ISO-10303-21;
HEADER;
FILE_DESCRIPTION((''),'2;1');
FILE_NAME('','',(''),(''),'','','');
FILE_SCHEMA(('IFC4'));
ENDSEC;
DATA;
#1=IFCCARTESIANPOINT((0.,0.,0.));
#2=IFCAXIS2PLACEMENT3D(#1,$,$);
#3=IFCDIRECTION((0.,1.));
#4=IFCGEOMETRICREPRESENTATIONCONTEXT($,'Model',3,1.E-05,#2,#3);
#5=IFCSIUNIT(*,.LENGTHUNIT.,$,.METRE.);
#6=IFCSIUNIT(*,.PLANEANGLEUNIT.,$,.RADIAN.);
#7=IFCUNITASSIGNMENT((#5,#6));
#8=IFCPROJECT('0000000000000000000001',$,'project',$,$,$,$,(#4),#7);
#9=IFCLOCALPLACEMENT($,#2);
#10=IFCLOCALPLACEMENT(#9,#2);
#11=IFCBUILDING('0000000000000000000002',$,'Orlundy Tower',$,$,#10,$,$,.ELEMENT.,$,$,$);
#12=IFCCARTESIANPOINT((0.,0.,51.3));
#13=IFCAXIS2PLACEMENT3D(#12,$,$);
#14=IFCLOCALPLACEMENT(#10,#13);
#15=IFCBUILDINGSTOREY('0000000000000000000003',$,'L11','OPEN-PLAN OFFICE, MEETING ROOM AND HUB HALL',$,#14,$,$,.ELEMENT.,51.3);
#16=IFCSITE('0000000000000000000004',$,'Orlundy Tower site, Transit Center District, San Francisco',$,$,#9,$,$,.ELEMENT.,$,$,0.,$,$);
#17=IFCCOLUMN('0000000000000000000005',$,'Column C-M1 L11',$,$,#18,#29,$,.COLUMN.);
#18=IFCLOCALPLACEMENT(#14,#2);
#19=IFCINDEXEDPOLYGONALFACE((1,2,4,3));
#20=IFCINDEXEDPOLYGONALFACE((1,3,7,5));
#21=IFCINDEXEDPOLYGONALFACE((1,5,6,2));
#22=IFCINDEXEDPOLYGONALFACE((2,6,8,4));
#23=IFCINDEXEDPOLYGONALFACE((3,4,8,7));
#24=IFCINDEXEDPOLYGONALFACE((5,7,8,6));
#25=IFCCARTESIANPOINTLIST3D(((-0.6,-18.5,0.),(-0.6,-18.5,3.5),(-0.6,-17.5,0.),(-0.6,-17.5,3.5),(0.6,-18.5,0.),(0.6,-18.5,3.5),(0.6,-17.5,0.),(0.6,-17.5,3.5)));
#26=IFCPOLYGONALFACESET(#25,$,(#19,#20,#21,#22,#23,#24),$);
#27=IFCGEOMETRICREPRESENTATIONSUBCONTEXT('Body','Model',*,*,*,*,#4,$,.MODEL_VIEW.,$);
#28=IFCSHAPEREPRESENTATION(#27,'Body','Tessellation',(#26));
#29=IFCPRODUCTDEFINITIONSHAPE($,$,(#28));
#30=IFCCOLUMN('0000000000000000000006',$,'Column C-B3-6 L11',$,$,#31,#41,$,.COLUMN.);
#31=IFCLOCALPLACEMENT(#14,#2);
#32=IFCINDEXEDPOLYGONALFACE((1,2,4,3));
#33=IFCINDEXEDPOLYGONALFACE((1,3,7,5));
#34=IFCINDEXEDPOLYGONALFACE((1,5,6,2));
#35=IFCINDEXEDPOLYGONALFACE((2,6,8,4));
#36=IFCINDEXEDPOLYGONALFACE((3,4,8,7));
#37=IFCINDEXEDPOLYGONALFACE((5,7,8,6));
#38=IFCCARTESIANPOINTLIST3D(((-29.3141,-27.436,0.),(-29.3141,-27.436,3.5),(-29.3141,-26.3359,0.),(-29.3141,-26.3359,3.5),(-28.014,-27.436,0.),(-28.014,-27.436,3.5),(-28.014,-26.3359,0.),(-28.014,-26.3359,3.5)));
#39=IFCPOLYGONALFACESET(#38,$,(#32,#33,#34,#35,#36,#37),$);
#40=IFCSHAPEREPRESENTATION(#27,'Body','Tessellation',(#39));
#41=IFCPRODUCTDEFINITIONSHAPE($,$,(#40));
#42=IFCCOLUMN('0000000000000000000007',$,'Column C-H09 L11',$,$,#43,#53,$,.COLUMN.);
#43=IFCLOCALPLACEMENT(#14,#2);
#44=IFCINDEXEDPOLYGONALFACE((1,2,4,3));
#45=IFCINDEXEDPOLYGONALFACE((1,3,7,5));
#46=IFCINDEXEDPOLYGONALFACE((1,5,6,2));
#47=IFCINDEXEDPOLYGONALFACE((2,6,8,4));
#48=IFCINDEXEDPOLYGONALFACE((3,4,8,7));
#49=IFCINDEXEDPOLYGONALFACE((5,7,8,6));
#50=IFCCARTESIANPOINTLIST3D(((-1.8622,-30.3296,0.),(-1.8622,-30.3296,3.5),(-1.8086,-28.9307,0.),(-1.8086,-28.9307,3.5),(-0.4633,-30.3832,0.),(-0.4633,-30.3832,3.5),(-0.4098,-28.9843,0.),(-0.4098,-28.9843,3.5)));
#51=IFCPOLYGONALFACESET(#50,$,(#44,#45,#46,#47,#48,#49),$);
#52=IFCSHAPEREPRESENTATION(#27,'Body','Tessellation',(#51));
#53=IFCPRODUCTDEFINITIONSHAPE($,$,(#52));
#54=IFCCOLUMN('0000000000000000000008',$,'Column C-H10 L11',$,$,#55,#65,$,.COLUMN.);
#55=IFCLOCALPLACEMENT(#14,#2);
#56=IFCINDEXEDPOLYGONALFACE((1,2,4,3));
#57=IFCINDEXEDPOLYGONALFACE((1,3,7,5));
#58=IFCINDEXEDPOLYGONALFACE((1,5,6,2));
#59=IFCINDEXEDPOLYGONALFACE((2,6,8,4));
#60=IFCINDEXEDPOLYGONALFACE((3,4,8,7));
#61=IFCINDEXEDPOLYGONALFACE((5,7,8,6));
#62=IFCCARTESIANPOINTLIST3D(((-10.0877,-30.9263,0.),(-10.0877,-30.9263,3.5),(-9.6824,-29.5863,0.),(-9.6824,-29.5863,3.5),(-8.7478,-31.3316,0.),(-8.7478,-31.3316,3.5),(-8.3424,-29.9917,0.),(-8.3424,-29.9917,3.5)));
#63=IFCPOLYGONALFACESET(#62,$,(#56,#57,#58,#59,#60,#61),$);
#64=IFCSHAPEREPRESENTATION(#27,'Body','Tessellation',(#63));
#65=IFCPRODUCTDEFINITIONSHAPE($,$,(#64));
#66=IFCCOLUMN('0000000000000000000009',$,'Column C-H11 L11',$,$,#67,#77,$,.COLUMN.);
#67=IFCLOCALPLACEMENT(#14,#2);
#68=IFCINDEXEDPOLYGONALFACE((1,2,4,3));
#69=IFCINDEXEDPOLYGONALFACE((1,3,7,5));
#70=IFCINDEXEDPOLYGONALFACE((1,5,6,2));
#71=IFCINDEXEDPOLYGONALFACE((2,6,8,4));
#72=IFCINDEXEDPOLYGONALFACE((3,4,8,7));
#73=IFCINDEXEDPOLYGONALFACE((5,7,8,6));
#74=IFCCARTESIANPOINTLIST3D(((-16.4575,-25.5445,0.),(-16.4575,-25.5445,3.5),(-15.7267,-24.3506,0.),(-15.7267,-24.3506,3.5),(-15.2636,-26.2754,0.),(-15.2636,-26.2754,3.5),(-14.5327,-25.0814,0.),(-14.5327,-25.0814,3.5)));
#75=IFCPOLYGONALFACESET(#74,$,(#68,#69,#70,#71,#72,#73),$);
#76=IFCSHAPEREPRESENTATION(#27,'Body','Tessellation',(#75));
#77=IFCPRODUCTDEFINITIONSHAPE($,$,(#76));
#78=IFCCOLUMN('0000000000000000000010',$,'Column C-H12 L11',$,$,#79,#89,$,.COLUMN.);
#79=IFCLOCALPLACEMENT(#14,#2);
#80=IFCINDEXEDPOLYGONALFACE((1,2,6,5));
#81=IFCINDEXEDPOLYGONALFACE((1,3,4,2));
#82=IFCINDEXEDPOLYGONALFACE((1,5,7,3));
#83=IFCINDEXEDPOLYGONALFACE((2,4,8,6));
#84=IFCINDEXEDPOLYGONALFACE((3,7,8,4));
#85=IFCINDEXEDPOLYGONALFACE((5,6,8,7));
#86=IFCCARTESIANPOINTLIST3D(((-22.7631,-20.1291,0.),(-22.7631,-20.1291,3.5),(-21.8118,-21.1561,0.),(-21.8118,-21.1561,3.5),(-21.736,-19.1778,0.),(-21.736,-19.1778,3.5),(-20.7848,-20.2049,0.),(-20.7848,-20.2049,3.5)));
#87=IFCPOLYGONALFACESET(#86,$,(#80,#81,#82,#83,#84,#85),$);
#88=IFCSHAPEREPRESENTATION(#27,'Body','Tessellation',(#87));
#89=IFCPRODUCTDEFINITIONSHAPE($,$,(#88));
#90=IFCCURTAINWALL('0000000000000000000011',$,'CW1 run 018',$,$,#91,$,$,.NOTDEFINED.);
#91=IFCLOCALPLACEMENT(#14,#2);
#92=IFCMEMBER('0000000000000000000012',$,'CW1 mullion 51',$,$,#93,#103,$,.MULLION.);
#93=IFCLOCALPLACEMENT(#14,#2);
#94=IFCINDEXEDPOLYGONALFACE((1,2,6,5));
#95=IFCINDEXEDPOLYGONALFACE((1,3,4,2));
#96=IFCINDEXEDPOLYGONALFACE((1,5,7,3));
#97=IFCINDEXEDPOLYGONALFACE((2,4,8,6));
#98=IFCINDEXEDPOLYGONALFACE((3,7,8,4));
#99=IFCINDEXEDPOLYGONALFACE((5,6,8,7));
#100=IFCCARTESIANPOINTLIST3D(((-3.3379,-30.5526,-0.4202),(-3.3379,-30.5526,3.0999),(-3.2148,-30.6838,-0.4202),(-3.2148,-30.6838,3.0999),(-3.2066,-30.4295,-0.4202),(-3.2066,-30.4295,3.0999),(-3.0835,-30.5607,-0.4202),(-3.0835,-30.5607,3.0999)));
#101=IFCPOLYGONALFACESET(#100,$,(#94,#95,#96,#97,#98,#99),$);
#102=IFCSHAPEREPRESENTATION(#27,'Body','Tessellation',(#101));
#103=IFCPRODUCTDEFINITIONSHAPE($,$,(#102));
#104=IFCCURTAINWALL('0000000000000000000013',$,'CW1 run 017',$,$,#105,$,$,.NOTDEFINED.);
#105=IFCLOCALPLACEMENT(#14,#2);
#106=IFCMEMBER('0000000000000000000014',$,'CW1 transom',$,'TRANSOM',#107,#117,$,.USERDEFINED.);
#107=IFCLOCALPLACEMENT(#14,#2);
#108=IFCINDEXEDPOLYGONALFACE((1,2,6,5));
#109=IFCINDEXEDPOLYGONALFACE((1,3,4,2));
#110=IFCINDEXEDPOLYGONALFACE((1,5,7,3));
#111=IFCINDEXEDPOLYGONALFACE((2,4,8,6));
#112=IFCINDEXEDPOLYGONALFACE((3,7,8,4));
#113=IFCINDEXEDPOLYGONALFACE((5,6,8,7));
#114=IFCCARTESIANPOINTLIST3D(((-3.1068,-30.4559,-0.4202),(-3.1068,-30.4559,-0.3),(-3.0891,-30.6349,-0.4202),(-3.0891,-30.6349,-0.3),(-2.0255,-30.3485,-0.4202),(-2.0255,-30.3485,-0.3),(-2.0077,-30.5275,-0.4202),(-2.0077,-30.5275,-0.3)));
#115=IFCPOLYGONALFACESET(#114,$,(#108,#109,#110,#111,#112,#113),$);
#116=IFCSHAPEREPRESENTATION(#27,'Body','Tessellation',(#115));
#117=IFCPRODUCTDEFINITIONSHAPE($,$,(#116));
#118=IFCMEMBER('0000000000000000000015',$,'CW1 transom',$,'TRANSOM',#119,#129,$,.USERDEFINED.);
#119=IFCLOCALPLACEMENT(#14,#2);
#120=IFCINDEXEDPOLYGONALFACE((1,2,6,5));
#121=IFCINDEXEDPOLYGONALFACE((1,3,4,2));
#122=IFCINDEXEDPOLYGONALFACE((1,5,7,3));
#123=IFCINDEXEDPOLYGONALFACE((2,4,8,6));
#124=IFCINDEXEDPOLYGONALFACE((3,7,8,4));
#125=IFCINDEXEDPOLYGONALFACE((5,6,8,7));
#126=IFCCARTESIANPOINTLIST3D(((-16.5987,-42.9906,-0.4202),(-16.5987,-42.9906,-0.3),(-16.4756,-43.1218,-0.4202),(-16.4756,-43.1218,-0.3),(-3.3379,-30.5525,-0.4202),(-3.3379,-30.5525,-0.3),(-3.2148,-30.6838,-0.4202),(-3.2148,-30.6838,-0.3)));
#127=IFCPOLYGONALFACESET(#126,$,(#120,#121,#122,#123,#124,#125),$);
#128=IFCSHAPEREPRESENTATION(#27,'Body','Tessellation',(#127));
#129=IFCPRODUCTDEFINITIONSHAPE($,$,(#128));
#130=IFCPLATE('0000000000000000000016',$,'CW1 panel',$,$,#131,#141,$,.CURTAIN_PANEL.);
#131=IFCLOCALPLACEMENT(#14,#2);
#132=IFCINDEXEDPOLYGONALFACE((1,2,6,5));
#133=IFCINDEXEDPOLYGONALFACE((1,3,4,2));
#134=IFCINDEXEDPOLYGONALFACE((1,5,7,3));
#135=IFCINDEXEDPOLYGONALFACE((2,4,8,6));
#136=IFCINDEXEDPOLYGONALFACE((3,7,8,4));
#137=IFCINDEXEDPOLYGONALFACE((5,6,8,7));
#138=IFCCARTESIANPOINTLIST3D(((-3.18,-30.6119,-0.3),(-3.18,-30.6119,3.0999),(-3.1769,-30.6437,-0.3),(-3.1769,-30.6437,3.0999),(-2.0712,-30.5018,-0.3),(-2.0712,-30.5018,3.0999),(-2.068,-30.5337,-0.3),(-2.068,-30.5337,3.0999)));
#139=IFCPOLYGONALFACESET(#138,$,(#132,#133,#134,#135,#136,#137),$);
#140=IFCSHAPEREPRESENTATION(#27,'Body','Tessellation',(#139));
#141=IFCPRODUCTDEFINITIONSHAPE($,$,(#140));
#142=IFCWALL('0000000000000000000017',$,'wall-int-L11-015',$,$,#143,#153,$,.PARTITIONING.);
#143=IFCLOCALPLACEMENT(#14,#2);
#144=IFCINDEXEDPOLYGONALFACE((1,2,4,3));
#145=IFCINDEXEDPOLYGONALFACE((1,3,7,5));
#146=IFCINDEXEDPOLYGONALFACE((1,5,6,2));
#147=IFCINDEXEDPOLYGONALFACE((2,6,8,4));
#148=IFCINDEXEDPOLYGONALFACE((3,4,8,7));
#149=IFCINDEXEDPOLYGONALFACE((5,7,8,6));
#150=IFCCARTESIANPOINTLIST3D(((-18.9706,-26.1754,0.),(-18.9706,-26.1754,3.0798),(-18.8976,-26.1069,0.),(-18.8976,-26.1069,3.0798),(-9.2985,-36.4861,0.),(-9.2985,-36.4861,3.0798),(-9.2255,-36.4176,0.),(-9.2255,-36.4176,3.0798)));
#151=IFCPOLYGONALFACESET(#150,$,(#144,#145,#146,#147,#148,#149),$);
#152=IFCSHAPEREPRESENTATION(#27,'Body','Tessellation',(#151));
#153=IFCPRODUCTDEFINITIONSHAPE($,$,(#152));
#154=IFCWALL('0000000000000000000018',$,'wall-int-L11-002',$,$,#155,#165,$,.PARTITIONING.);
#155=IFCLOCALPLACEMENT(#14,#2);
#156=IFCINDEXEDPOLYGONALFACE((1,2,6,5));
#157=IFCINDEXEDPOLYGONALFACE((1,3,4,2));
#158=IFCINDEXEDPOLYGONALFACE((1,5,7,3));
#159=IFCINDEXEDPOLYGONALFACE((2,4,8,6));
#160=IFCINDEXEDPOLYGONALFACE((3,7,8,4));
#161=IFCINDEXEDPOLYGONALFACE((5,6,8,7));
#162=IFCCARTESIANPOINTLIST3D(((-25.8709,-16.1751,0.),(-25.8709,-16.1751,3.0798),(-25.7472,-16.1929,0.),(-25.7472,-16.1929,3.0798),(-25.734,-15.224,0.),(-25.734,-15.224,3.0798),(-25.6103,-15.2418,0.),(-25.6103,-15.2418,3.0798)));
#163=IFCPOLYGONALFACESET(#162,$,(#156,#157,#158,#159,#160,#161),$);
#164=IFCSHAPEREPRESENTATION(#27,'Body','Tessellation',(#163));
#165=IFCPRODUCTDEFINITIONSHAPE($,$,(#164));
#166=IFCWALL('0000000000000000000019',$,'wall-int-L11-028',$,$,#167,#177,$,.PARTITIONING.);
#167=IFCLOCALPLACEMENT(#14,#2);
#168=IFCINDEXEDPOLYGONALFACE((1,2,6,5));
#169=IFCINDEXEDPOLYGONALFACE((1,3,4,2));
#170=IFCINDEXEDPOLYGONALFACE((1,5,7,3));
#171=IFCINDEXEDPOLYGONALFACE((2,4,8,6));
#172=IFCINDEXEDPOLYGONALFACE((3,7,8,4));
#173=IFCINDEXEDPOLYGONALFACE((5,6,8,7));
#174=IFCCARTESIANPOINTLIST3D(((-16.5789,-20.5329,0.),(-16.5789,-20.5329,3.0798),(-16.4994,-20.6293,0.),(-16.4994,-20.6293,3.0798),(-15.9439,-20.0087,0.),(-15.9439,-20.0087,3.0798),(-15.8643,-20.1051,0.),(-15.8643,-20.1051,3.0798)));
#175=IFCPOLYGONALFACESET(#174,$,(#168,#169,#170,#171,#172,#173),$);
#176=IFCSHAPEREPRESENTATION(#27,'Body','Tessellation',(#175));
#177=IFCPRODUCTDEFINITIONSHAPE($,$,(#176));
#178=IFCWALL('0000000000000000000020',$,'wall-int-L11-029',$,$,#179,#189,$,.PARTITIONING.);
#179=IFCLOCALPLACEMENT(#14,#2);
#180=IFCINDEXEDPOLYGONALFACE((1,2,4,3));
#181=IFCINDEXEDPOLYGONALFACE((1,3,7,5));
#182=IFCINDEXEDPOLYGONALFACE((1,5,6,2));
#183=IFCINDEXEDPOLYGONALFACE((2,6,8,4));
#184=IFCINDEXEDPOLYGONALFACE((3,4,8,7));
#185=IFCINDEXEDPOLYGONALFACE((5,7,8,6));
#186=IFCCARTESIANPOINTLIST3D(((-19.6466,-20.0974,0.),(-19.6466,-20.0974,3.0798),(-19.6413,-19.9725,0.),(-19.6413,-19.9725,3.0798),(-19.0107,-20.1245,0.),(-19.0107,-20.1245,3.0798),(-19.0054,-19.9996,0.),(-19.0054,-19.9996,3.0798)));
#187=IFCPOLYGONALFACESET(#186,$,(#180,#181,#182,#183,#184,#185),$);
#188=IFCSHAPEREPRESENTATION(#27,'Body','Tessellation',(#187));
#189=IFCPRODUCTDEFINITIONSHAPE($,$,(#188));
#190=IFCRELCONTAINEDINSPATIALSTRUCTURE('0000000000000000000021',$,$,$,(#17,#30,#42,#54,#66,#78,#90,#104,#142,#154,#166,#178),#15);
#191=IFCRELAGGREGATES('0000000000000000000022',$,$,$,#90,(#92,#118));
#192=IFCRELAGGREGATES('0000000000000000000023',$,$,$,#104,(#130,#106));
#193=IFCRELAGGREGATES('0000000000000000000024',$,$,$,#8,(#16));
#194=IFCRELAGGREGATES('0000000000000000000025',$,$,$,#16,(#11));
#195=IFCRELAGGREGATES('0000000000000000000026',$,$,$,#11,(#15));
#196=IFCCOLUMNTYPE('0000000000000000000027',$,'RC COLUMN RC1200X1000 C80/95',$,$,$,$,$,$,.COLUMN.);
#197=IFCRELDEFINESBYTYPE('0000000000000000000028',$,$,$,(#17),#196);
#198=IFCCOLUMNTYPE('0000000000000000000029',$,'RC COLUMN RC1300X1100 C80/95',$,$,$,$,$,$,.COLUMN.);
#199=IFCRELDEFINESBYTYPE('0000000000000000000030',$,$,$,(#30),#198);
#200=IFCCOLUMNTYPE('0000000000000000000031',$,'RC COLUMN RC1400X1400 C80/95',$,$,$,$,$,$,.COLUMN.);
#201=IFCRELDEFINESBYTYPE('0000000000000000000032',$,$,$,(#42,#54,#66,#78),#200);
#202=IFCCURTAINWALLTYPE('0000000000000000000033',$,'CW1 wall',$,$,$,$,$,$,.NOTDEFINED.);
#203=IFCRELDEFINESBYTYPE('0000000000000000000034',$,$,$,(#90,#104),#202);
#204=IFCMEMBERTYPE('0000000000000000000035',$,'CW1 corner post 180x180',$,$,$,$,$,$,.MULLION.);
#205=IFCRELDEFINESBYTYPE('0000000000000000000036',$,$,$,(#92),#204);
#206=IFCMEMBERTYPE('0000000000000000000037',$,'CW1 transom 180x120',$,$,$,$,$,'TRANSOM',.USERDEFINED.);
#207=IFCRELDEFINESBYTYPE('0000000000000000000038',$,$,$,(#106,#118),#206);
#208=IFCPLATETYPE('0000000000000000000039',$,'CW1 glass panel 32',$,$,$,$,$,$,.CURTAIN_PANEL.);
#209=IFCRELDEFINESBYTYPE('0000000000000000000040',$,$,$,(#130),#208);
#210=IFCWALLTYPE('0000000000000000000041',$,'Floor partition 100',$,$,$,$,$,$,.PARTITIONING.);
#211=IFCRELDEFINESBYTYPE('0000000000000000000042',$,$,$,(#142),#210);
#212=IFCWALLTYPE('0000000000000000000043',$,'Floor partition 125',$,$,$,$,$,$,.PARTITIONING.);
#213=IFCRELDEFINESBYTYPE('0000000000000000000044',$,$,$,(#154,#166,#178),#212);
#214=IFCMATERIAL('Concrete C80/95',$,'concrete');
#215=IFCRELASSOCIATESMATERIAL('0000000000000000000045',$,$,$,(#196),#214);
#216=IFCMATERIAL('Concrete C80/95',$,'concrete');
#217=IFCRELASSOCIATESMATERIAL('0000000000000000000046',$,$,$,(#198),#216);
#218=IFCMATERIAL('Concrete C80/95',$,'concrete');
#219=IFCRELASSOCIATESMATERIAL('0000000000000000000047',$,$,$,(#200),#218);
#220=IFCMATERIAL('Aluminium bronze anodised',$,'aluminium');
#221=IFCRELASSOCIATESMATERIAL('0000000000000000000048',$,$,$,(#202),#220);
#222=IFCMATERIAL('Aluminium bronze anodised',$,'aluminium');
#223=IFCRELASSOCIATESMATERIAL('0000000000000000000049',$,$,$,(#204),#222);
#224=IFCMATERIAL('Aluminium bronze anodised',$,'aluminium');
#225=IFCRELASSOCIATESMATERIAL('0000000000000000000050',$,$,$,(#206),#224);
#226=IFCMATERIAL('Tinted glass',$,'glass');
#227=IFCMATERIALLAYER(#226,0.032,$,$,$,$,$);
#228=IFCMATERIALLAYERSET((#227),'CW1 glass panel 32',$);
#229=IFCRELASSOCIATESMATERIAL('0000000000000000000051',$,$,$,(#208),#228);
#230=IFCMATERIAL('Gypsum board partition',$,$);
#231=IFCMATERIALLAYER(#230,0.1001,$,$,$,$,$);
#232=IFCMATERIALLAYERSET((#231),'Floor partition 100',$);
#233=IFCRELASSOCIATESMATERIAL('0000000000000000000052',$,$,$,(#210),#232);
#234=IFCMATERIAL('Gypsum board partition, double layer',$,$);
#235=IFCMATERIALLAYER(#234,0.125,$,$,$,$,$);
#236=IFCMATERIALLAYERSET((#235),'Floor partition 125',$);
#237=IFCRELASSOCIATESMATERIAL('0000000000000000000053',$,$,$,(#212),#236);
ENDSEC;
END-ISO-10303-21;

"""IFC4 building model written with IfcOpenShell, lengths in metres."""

from ifc_helpers import new_model, si_unit, direction, frame, frame_2d, origin, origin_2d, place, context, subcontext, project, spatial, rectangle, extrude, material, layer, layer_set, material_profile, profile_set, type_object, element, aggregate, save


model = new_model("IFC4")

# Units and contexts
model_context = context("Model", 3, precision=1e-05, world=origin(), true_north=direction((0.0, 1.0)))
body_context = subcontext(model_context, "Body", "Model", "MODEL_VIEW")
ifc_project = project(units=[si_unit("LENGTHUNIT", "METRE"), si_unit("PLANEANGLEUNIT", "RADIAN")], contexts=[model_context])

# Site, building, storey
site_placement = place(None, origin())
site = spatial("IfcSite", under=ifc_project, at=site_placement, Name="Orlundy Tower site, Transit Center District, San Francisco", CompositionType="ELEMENT", RefElevation=0.0)
building_placement = place(site_placement, origin())
building = spatial("IfcBuilding", under=site, at=building_placement, Name="Orlundy Tower", CompositionType="ELEMENT")
storey_placement = place(building_placement, frame((0.0, 0.0, 51.3)))
storey = spatial("IfcBuildingStorey", under=building, at=storey_placement, Name="L11", Description="OPEN-PLAN OFFICE, MEETING ROOM AND HUB HALL", CompositionType="ELEMENT", Elevation=51.3)

# Columns
ifc_material_1 = material(Name="Concrete C80/95", Category="concrete")
ifc_material_profile_1 = material_profile(ifc_material_1, rectangle(XDim=1.2, YDim=1.0, at=origin_2d()), Name="RC1200X1000")
ifc_profile_set_1 = profile_set([ifc_material_profile_1], Name="Concrete C80/95")
column_type_1 = type_object("IfcColumnType", Name="RC COLUMN RC1200X1000 C80/95", PredefinedType="COLUMN", material=ifc_profile_set_1)
column_1_placement = place(storey_placement, frame((0.0, -18.0, 0.0), z_axis=(0.0, 0.0, 1.0), x_axis=(1.0, 0.0, 0.0)))
element("IfcColumn", 1, at=column_1_placement, inside=storey, type_object=column_type_1, Name="Column C-M1 L11", PredefinedType="COLUMN", context=body_context, shape_type="SweptSolid", body=[
    extrude(rectangle(XDim=1.2, YDim=1.0, at=origin_2d()), origin(), (0.0, 0.0, 1.0), 3.5),
])
ifc_material_2 = material(Name="Concrete C80/95", Category="concrete")
ifc_material_profile_2 = material_profile(ifc_material_2, rectangle(XDim=1.3, YDim=1.1001, at=origin_2d()), Name="RC1300X1100")
ifc_profile_set_2 = profile_set([ifc_material_profile_2], Name="Concrete C80/95")
column_type_2 = type_object("IfcColumnType", Name="RC COLUMN RC1300X1100 C80/95", PredefinedType="COLUMN", material=ifc_profile_set_2)
column_2_placement = place(storey_placement, frame((-28.6641, -26.886, 0.0), z_axis=(0.0, 0.0, 1.0), x_axis=(1.0, 0.0, 0.0)))
element("IfcColumn", 2, at=column_2_placement, inside=storey, type_object=column_type_2, Name="Column C-B3-6 L11", PredefinedType="COLUMN", context=body_context, shape_type="SweptSolid", body=[
    extrude(rectangle(XDim=1.3, YDim=1.1001, at=origin_2d()), origin(), (0.0, 0.0, 1.0), 3.5),
])
ifc_material_3 = material(Name="Concrete C80/95", Category="concrete")
ifc_material_profile_3 = material_profile(ifc_material_3, rectangle(XDim=1.3999, YDim=1.3999, at=origin_2d()), Name="RC1400X1400")
ifc_profile_set_3 = profile_set([ifc_material_profile_3], Name="Concrete C80/95")
column_type_3 = type_object("IfcColumnType", Name="RC COLUMN RC1400X1400 C80/95", PredefinedType="COLUMN", material=ifc_profile_set_3)
for number, where, z_axis, x_axis, name in (
    (3, (-1.136, -29.657, 0.0), (0.0, 0.0, 1.0), (-0.038283, -0.999267, 0.0), "Column C-H09 L11"),
    (4, (-9.2151, -30.459, 0.0), (0.0, 0.0, 1.0), (-0.289583, -0.957153, 0.0), "Column C-H10 L11"),
    (5, (-15.4951, -25.313, 0.0), (0.0, 0.0, 1.0), (-0.522082, -0.852895, 0.0), "Column C-H11 L11"),
    (6, (-21.7739, -20.167, 0.0), (0.0, 0.0, 1.0), (-0.733659, -0.679518, 0.0), "Column C-H12 L11"),
):
    element("IfcColumn", number, at=place(storey_placement, frame(where, z_axis=z_axis, x_axis=x_axis)), inside=storey, type_object=column_type_3, Name=name, PredefinedType="COLUMN", context=body_context, shape_type="SweptSolid", body=[
        extrude(rectangle(XDim=1.3999, YDim=1.3999, at=origin_2d()), origin(), (0.0, 0.0, 1.0), 3.5),
    ])

# Curtain walls, members
ifc_material_4 = material(Name="Aluminium bronze anodised", Category="aluminium")
curtain_wall_type = type_object("IfcCurtainWallType", Name="CW1 wall", PredefinedType="NOTDEFINED", material=ifc_material_4)
curtain_wall_1_placement = place(storey_placement, origin())
curtain_wall_1 = element("IfcCurtainWall", 7, at=curtain_wall_1_placement, inside=storey, type_object=curtain_wall_type, Name="CW1 run 018", PredefinedType="NOTDEFINED")
ifc_material_5 = material(Name="Aluminium bronze anodised", Category="aluminium")
ifc_material_profile_4 = material_profile(ifc_material_5, rectangle(XDim=0.1799, YDim=0.1799, at=origin_2d()), Name="CW1 corner post 180x180")
ifc_profile_set_4 = profile_set([ifc_material_profile_4], Name="Aluminium bronze anodised")
member_type_1 = type_object("IfcMemberType", Name="CW1 corner post 180x180", PredefinedType="MULLION", material=ifc_profile_set_4)
member_1_placement = place(storey_placement, frame((-3.2107, -30.5566, -0.4202), z_axis=(0.0, 0.0, 1.0), x_axis=(0.684124, -0.729365, 0.0)))
member_1 = element("IfcMember", 8, at=member_1_placement, type_object=member_type_1, Name="CW1 mullion 51", PredefinedType="MULLION", context=body_context, shape_type="SweptSolid", body=[
    extrude(rectangle(XDim=0.1799, YDim=0.1799, at=origin_2d()), origin(), (0.0, 0.0, 1.0), 3.52),
])
curtain_wall_2_placement = place(storey_placement, origin())
curtain_wall_2 = element("IfcCurtainWall", 9, at=curtain_wall_2_placement, inside=storey, type_object=curtain_wall_type, Name="CW1 run 017", PredefinedType="NOTDEFINED")
ifc_material_6 = material(Name="Aluminium bronze anodised", Category="aluminium")
ifc_material_profile_5 = material_profile(ifc_material_6, rectangle(XDim=0.1799, YDim=0.1201, at=origin_2d()), Name="CW1 transom 180x120")
ifc_profile_set_5 = profile_set([ifc_material_profile_5], Name="Aluminium bronze anodised")
member_type_2 = type_object("IfcMemberType", Name="CW1 transom 180x120", ElementType="TRANSOM", PredefinedType="USERDEFINED", material=ifc_profile_set_5)
member_2_placement = place(storey_placement, frame((-2.0166, -30.438, -0.3601), z_axis=(-0.995101, -0.098859, 0.0), x_axis=(0.098859, -0.995101, 0.0)))
member_2 = element("IfcMember", 10, at=member_2_placement, type_object=member_type_2, Name="CW1 transom", ObjectType="TRANSOM", PredefinedType="USERDEFINED", context=body_context, shape_type="SweptSolid", body=[
    extrude(rectangle(XDim=0.1799, YDim=0.1201, at=origin_2d()), origin(), (0.0, 0.0, 1.0), 1.0867),
])

# Member
member_3_placement = place(storey_placement, frame((-3.2764, -30.6182, -0.3601), z_axis=(-0.729371, -0.684118, 0.0), x_axis=(0.684118, -0.729371, 0.0)))
member_3 = element("IfcMember", 11, at=member_3_placement, type_object=member_type_2, Name="CW1 transom", ObjectType="TRANSOM", PredefinedType="USERDEFINED", context=body_context, shape_type="SweptSolid", body=[
    extrude(rectangle(XDim=0.1799, YDim=0.1201, at=origin_2d()), origin(), (0.0, 0.0, 1.0), 18.1812),
])
aggregate(curtain_wall_1, [member_1, member_3])

# Plate
ifc_material_7 = material(Name="Tinted glass", Category="glass")
ifc_layer_1 = layer(ifc_material_7, 0.032)
ifc_layer_set_1 = layer_set([ifc_layer_1], Name="CW1 glass panel 32")
plate_type = type_object("IfcPlateType", Name="CW1 glass panel 32", PredefinedType="CURTAIN_PANEL", material=ifc_layer_set_1)
plate_placement = place(storey_placement, frame((-2.624, -30.5728, -0.3), z_axis=(0.0, 0.0, 1.0), x_axis=(-0.995112, -0.09875, 0.0)))
plate = element("IfcPlate", 12, at=plate_placement, type_object=plate_type, Name="CW1 panel", PredefinedType="CURTAIN_PANEL", context=body_context, shape_type="SweptSolid", body=[
    extrude(rectangle(XDim=1.1143, YDim=0.032, at=origin_2d()), origin(), (0.0, 0.0, 1.0), 3.3999),
])
aggregate(curtain_wall_2, [plate, member_2])

# Walls
ifc_material_8 = material(Name="Gypsum board partition")
ifc_layer_2 = layer(ifc_material_8, 0.1001)
ifc_layer_set_2 = layer_set([ifc_layer_2], Name="Floor partition 100")
wall_type_1 = type_object("IfcWallType", Name="Floor partition 100", PredefinedType="PARTITIONING", material=ifc_layer_set_2)
wall_1_placement = place(storey_placement, frame((-18.9341, -26.1411, 0.0), z_axis=(0.0, 0.0, 1.0), x_axis=(0.684158, -0.729334, 0.0)))
element("IfcWall", 13, at=wall_1_placement, inside=storey, type_object=wall_type_1, Name="wall-int-L11-015", PredefinedType="PARTITIONING", context=body_context, shape_type="SweptSolid", body=[
    extrude(rectangle(XDim=14.1372, YDim=0.1001, at=frame_2d((7.0686, 0.0))), origin(), (0.0, 0.0, 1.0), 3.0798),
])
ifc_material_9 = material(Name="Gypsum board partition, double layer")
ifc_layer_3 = layer(ifc_material_9, 0.125)
ifc_layer_set_3 = layer_set([ifc_layer_3], Name="Floor partition 125")
wall_type_2 = type_object("IfcWallType", Name="Floor partition 125", PredefinedType="PARTITIONING", material=ifc_layer_set_3)
wall_2_placement = place(storey_placement, frame((-25.6721, -15.2329, 0.0), z_axis=(0.0, 0.0, 1.0), x_axis=(-0.142524, -0.989791, 0.0)))
element("IfcWall", 14, at=wall_2_placement, inside=storey, type_object=wall_type_2, Name="wall-int-L11-002", PredefinedType="PARTITIONING", context=body_context, shape_type="SweptSolid", body=[
    extrude(rectangle(XDim=0.9609, YDim=0.125, at=frame_2d((0.4805, 0.0))), origin(), (0.0, 0.0, 1.0), 3.0798),
])
wall_3_placement = place(storey_placement, frame((-16.5391, -20.5811, 0.0), z_axis=(0.0, 0.0, 1.0), x_axis=(0.771202, 0.63659, 0.0)))
element("IfcWall", 15, at=wall_3_placement, inside=storey, type_object=wall_type_2, Name="wall-int-L11-028", PredefinedType="PARTITIONING", context=body_context, shape_type="SweptSolid", body=[
    extrude(rectangle(XDim=0.8235, YDim=0.125, at=frame_2d((0.4116, 0.0))), origin(), (0.0, 0.0, 1.0), 3.0798),
])
wall_4_placement = place(storey_placement, frame((-19.644, -20.0349, 0.0), z_axis=(0.0, 0.0, 1.0), x_axis=(0.999093, -0.042572, 0.0)))
element("IfcWall", 16, at=wall_4_placement, inside=storey, type_object=wall_type_2, Name="wall-int-L11-029", PredefinedType="PARTITIONING", context=body_context, shape_type="SweptSolid", body=[
    extrude(rectangle(XDim=0.6365, YDim=0.125, at=frame_2d((0.3184, 0.0))), origin(), (0.0, 0.0, 1.0), 3.0798),
])

save(model, "model.ifc")
